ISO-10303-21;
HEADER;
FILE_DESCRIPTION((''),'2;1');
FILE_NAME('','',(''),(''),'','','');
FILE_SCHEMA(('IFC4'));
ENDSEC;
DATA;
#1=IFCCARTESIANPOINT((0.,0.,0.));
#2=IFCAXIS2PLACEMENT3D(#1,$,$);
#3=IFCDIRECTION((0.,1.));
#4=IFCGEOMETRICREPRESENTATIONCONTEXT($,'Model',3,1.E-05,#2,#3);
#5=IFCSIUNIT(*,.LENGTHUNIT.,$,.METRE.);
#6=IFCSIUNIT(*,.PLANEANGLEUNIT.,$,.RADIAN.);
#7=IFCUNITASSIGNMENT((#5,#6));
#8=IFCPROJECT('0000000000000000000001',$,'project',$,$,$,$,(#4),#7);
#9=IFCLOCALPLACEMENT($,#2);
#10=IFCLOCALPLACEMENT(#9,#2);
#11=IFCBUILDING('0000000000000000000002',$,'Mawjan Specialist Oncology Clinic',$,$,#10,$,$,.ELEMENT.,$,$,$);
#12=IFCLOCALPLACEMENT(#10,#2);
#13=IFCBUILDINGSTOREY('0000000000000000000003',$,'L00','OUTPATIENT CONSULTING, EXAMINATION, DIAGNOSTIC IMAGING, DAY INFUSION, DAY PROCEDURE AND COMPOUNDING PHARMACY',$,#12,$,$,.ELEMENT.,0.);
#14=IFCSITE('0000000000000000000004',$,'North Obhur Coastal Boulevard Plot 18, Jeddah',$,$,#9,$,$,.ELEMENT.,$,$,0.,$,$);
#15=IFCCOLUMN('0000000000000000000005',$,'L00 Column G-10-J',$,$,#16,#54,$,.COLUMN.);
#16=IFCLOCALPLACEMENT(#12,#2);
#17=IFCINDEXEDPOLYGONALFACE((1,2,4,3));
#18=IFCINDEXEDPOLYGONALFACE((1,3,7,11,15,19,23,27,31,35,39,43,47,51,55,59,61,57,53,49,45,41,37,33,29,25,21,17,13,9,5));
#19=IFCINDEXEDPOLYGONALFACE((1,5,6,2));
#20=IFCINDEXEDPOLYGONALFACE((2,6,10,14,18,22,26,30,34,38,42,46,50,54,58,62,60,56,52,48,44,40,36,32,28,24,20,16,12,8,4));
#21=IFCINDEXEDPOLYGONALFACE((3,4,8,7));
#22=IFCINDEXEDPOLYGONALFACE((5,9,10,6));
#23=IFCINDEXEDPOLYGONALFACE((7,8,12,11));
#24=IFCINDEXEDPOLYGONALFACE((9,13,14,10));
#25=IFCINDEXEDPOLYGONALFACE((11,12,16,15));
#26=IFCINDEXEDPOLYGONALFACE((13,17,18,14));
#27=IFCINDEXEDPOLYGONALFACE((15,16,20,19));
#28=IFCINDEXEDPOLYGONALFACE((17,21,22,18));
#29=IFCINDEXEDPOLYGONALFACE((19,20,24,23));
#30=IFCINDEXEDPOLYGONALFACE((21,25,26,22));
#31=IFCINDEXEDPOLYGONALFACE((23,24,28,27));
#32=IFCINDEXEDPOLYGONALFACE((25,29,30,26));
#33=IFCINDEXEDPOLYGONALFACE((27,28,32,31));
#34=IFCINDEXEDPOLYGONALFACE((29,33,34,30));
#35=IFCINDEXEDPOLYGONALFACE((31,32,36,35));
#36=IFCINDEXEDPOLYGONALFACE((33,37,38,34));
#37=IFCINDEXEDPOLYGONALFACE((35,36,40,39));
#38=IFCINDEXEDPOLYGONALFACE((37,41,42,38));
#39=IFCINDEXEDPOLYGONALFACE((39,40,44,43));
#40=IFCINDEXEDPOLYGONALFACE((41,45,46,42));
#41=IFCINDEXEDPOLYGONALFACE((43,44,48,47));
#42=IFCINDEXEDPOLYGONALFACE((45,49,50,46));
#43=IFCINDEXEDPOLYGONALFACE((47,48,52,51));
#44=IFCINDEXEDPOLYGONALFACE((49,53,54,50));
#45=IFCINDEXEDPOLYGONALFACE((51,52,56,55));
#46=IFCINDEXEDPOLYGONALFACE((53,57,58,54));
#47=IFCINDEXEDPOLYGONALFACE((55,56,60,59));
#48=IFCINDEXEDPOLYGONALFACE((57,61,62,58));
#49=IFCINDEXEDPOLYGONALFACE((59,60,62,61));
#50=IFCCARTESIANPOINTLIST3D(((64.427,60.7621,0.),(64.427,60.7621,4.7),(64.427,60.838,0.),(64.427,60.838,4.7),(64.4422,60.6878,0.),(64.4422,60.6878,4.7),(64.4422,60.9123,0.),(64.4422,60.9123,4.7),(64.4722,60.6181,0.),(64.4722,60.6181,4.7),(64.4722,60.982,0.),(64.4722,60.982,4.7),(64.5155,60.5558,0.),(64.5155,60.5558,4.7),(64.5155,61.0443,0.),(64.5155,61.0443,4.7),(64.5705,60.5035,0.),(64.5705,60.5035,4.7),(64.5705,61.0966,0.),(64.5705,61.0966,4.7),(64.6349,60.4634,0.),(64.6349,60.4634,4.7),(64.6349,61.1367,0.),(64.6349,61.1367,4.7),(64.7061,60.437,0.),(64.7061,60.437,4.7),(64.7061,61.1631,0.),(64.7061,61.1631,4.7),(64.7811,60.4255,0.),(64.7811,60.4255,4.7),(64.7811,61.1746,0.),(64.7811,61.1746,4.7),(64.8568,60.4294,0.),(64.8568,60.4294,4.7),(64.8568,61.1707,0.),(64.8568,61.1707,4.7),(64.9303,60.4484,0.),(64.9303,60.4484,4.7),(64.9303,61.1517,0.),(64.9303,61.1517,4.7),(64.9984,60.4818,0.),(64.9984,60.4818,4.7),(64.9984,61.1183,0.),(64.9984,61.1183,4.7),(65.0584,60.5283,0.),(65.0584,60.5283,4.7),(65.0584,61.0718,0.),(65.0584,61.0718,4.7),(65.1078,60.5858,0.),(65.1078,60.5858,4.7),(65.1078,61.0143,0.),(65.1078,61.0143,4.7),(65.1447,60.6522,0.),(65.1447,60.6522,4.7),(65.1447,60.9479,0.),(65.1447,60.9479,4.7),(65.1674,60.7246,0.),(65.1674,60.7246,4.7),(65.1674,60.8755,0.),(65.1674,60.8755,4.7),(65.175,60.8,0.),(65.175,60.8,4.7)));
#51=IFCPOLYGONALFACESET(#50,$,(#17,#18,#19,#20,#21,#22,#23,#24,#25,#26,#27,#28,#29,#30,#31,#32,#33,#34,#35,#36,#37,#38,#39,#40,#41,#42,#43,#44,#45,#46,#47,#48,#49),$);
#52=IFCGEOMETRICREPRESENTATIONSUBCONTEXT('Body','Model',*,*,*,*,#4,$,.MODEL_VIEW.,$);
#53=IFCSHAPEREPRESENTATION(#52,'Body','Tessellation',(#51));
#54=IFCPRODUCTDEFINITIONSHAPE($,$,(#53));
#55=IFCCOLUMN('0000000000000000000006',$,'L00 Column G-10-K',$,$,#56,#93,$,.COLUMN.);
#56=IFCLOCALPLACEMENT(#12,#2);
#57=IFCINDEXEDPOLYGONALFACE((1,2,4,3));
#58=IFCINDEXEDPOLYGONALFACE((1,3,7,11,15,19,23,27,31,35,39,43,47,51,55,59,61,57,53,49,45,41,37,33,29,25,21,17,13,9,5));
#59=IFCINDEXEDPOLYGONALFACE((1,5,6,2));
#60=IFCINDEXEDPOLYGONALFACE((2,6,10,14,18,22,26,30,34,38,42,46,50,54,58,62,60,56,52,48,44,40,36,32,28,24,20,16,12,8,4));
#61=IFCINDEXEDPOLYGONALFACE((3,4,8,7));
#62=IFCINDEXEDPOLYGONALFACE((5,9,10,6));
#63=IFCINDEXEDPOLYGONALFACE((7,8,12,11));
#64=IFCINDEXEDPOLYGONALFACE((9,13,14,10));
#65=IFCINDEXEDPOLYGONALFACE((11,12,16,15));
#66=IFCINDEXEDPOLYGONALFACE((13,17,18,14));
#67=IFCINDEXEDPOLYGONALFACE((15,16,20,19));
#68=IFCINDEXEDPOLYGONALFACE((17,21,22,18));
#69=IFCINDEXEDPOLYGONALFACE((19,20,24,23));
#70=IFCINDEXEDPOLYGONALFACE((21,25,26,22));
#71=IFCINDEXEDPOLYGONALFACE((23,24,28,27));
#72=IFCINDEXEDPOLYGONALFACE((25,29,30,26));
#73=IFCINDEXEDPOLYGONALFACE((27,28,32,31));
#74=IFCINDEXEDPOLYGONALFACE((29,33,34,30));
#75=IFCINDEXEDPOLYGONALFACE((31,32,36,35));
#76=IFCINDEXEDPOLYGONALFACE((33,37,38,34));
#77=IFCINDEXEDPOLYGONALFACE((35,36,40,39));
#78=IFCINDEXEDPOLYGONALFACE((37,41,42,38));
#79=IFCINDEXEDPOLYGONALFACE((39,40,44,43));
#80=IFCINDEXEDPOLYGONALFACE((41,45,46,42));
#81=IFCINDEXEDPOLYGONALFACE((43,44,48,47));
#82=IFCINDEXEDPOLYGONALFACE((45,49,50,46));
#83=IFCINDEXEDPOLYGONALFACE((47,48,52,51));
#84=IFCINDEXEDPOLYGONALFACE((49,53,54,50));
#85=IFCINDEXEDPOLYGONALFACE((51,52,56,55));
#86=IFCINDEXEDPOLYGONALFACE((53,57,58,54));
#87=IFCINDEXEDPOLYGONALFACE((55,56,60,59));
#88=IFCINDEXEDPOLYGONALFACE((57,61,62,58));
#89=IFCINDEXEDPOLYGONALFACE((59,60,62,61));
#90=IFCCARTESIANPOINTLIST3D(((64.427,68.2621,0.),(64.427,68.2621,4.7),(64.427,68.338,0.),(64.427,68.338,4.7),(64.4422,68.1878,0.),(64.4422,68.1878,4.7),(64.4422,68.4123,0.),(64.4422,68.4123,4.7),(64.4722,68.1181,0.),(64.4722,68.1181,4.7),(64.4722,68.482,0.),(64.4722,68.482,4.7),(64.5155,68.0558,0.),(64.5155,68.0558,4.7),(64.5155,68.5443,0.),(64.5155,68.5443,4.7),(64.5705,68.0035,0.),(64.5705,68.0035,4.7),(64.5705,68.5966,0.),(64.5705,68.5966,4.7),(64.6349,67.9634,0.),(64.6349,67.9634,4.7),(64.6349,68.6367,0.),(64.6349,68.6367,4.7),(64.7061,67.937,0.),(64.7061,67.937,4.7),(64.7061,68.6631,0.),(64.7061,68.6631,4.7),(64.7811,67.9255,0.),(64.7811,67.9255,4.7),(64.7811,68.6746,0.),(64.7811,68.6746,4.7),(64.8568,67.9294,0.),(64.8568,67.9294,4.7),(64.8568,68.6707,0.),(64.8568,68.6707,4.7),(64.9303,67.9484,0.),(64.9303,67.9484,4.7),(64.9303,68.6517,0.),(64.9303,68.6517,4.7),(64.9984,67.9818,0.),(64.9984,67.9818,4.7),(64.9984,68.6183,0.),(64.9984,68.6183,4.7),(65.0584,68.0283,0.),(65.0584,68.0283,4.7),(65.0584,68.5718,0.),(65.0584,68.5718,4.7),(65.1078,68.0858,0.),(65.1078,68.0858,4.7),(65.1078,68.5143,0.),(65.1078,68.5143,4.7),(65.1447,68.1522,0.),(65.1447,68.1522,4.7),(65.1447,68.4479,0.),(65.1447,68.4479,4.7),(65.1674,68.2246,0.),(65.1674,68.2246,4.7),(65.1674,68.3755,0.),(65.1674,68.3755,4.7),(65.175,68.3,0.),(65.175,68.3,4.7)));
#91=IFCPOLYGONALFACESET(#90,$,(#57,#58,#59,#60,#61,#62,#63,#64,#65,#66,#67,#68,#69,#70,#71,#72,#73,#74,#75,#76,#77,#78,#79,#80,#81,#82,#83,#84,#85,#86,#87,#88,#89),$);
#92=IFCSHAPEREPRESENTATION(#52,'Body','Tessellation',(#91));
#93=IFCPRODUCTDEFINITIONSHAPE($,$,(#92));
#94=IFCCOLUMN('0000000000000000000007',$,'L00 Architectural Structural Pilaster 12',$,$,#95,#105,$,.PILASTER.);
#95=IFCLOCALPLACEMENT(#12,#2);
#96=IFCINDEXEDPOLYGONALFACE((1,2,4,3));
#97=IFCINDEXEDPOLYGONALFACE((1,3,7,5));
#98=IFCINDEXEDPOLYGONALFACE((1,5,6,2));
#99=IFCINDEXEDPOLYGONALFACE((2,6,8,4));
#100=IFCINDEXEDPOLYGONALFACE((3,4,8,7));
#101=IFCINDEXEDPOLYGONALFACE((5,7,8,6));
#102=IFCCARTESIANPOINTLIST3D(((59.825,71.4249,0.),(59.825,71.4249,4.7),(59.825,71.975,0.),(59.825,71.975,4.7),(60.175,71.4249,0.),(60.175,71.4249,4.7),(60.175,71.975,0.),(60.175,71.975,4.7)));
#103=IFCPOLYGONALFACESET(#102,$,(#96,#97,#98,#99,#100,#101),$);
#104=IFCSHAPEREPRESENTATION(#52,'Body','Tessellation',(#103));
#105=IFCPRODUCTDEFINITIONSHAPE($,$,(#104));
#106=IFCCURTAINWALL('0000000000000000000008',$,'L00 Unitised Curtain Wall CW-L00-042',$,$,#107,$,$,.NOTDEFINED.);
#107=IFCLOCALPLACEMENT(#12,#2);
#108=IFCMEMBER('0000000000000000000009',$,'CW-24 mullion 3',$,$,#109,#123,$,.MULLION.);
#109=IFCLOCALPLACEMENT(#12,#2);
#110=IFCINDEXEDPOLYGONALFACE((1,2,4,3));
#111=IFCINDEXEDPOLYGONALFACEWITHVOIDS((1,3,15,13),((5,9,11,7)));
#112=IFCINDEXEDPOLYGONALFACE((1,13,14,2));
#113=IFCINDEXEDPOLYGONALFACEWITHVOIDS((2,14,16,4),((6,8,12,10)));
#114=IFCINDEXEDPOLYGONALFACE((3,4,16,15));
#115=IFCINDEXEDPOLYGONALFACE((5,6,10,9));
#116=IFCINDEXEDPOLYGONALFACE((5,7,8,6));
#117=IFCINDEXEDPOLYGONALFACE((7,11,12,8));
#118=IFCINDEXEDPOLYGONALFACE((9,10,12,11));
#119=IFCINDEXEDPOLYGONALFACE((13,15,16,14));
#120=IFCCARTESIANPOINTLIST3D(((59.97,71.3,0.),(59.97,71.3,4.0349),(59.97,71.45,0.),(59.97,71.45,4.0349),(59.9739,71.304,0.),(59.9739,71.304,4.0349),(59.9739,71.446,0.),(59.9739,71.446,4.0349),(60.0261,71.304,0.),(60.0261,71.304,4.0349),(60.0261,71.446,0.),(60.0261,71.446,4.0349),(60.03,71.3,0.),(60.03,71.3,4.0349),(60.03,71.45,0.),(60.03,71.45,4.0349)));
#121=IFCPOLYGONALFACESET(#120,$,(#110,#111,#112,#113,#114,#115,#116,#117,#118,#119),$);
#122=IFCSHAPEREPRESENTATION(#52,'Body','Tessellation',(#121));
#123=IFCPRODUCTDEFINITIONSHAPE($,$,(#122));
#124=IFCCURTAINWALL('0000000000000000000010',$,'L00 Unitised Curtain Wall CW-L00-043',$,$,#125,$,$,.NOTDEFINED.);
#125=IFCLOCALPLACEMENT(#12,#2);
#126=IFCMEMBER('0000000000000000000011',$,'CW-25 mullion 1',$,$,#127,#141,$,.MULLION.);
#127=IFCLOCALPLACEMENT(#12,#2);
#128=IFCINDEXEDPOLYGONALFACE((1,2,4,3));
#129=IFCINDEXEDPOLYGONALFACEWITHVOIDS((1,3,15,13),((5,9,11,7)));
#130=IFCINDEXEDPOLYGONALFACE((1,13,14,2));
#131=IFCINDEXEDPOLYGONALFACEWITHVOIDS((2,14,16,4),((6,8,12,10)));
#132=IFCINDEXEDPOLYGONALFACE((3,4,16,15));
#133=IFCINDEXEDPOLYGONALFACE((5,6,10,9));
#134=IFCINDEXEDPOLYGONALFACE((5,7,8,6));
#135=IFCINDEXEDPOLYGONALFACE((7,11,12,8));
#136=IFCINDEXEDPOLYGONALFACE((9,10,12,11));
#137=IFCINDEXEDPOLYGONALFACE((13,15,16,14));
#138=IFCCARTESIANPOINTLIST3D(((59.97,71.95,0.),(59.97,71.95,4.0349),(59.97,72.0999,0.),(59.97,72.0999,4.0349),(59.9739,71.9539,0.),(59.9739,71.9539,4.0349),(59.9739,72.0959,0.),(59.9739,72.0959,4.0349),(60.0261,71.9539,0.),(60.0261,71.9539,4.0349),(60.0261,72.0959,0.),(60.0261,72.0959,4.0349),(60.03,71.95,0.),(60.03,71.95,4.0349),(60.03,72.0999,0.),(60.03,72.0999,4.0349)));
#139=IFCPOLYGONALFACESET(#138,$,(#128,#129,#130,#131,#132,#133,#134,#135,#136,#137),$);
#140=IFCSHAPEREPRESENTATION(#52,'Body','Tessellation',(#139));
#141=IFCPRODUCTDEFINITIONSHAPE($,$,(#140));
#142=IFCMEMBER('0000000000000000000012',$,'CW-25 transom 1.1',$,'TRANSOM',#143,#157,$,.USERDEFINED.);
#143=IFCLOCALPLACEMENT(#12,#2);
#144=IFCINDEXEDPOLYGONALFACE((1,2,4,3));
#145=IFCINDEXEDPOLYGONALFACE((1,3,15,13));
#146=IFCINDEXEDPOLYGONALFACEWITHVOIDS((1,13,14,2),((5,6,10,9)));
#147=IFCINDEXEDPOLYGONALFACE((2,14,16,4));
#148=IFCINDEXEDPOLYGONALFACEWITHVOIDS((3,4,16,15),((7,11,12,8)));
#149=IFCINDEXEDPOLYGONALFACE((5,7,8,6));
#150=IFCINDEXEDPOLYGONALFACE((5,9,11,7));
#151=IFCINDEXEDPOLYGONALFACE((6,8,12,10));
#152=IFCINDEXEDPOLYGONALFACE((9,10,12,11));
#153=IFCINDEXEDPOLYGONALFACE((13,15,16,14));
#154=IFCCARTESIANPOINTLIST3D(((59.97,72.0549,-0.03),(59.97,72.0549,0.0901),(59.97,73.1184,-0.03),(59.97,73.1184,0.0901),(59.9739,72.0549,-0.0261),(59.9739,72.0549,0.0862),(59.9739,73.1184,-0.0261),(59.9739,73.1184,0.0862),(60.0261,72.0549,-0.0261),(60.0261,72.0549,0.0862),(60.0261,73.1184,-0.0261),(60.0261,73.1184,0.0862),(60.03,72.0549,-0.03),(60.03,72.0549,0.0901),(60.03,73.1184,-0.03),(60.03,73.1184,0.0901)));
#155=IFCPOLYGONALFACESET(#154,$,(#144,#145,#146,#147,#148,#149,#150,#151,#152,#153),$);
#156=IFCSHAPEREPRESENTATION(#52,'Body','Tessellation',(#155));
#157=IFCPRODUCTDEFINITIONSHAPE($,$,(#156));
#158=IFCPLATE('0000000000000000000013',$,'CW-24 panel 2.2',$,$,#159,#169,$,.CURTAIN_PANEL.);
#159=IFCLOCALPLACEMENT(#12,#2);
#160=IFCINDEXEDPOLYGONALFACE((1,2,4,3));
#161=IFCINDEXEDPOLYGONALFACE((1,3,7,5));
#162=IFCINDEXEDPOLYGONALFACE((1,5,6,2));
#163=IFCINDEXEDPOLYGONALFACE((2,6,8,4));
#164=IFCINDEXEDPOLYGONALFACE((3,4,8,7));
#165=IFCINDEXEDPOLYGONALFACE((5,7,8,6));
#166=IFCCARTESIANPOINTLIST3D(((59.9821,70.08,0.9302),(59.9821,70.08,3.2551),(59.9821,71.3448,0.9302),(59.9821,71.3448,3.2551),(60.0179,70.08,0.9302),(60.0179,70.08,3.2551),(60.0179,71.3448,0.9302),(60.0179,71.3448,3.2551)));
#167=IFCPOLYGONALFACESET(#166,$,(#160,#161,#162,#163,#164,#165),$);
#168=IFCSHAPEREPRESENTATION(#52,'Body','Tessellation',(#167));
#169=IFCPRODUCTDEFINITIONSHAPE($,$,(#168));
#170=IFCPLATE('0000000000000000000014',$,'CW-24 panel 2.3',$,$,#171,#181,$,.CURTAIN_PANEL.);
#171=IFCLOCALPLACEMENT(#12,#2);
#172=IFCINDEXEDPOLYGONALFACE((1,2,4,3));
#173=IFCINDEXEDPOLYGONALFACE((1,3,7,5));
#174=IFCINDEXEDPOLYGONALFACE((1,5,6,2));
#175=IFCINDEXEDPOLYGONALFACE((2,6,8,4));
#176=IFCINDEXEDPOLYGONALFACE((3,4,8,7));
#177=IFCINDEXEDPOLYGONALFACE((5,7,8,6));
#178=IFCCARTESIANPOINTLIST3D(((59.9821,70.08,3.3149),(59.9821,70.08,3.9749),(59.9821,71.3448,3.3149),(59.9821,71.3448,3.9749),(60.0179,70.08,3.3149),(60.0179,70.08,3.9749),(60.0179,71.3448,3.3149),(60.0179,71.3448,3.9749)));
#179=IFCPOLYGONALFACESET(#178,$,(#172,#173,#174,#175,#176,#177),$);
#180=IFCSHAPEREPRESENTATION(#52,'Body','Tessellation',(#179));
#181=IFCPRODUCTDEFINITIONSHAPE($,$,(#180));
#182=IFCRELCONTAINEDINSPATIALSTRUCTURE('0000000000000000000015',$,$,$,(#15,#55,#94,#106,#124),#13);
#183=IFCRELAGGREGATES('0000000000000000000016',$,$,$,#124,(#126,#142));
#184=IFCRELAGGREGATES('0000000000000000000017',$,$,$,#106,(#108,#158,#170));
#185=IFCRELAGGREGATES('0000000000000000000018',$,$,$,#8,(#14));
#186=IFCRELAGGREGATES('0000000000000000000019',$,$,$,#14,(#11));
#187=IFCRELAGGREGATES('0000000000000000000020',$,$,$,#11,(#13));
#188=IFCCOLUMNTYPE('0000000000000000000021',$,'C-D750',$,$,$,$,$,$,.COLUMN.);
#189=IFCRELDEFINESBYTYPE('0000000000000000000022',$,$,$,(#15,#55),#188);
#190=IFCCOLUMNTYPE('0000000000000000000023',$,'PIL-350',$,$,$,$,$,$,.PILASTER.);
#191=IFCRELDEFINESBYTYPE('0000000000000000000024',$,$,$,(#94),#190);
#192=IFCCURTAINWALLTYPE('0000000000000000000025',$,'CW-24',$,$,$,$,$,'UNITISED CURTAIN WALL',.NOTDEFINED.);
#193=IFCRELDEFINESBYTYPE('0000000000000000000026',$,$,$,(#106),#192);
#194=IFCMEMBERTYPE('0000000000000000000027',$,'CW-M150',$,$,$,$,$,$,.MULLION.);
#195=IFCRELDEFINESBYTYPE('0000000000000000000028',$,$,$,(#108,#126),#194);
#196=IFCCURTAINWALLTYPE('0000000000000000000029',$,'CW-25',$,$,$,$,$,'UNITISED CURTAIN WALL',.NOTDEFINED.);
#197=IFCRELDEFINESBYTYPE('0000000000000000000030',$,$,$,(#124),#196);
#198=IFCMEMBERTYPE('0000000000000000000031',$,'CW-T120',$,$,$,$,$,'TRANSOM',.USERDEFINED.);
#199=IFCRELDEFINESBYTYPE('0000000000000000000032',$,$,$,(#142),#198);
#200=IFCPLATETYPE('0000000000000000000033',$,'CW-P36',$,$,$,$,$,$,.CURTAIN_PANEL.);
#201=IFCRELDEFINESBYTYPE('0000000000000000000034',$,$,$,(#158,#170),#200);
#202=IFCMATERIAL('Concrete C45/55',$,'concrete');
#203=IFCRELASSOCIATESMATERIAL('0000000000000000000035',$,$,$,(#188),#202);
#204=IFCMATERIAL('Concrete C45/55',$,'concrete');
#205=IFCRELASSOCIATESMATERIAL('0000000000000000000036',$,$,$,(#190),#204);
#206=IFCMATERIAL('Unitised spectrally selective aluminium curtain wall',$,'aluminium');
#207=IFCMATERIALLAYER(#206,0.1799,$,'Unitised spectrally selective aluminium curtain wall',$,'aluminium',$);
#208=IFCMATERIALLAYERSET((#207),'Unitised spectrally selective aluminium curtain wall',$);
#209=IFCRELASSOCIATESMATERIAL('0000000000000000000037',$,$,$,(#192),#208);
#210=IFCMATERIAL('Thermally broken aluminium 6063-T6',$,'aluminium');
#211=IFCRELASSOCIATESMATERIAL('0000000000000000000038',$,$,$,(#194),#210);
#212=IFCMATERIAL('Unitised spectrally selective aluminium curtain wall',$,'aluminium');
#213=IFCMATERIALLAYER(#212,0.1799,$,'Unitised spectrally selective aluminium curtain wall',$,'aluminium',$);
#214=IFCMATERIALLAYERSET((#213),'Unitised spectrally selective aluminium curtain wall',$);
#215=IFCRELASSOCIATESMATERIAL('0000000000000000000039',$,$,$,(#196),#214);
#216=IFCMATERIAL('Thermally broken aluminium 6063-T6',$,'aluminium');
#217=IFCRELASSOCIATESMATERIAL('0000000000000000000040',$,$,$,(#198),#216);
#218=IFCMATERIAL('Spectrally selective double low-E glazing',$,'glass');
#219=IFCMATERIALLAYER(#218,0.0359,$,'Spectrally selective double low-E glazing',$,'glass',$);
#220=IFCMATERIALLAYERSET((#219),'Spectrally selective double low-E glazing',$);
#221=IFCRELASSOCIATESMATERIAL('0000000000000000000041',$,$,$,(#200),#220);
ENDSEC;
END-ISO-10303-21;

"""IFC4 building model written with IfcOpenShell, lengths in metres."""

from ifc_helpers import new_model, si_unit, direction, frame, origin, origin_2d, place, context, subcontext, project, spatial, rectangle, hollow_rectangle, circle, extrude, material, layer, layer_set, material_profile, profile_set, type_object, element, aggregate, save


model = new_model("IFC4")

# Units and contexts
model_context = context("Model", 3, precision=1e-05, world=origin(), true_north=direction((0.0, 1.0)))
body_context = subcontext(model_context, "Body", "Model", "MODEL_VIEW")
ifc_project = project(units=[si_unit("LENGTHUNIT", "METRE"), si_unit("PLANEANGLEUNIT", "RADIAN")], contexts=[model_context])

# Site, building, storey
site_placement = place(None, origin())
site = spatial("IfcSite", under=ifc_project, at=site_placement, Name="North Obhur Coastal Boulevard Plot 18, Jeddah", CompositionType="ELEMENT", RefElevation=0.0)
building_placement = place(site_placement, origin())
building = spatial("IfcBuilding", under=site, at=building_placement, Name="Mawjan Specialist Oncology Clinic", CompositionType="ELEMENT")
storey_placement = place(building_placement, origin())
storey = spatial("IfcBuildingStorey", under=building, at=storey_placement, Name="L00", Description="OUTPATIENT CONSULTING, EXAMINATION, DIAGNOSTIC IMAGING, DAY INFUSION, DAY PROCEDURE AND COMPOUNDING PHARMACY", CompositionType="ELEMENT", Elevation=0.0)

# Columns
ifc_material_1 = material(Name="Concrete C45/55", Category="concrete")
ifc_material_profile_1 = material_profile(ifc_material_1, circle(Radius=0.375, at=origin_2d()), Name="RC COL D750", Category="concrete")
ifc_profile_set_1 = profile_set([ifc_material_profile_1], Name="Concrete C45/55")
column_type_1 = type_object("IfcColumnType", Name="C-D750", PredefinedType="COLUMN", material=ifc_profile_set_1)
for number, where, z_axis, x_axis, name in (
    (1, (64.8, 60.8, 0.0), (0.0, 0.0, 1.0), (1.0, 0.0, 0.0), "L00 Column G-10-J"),
    (2, (64.8, 68.3, 0.0), (0.0, 0.0, 1.0), (1.0, 0.0, 0.0), "L00 Column G-10-K"),
):
    element("IfcColumn", number, at=place(storey_placement, frame(where, z_axis=z_axis, x_axis=x_axis)), inside=storey, type_object=column_type_1, Name=name, PredefinedType="COLUMN", context=body_context, shape_type="SweptSolid", body=[
        extrude(circle(Radius=0.375, at=origin_2d()), origin(), (0.0, 0.0, 1.0), 4.7),
    ])
ifc_material_2 = material(Name="Concrete C45/55", Category="concrete")
ifc_material_profile_2 = material_profile(ifc_material_2, rectangle(XDim=0.3501, YDim=0.55, at=origin_2d()), Name="RC PIL 350x550", Category="concrete")
ifc_profile_set_2 = profile_set([ifc_material_profile_2], Name="Concrete C45/55")
column_type_2 = type_object("IfcColumnType", Name="PIL-350", PredefinedType="PILASTER", material=ifc_profile_set_2)
column_placement = place(storey_placement, frame((60.0, 71.7, 0.0), z_axis=(0.0, 0.0, 1.0), x_axis=(1.0, 0.0, 0.0)))
element("IfcColumn", 3, at=column_placement, inside=storey, type_object=column_type_2, Name="L00 Architectural Structural Pilaster 12", PredefinedType="PILASTER", context=body_context, shape_type="SweptSolid", body=[
    extrude(rectangle(XDim=0.3501, YDim=0.55, at=origin_2d()), origin(), (0.0, 0.0, 1.0), 4.7),
])

# Curtain wall, member
ifc_material_3 = material(Name="Unitised spectrally selective aluminium curtain wall", Category="aluminium")
ifc_layer_1 = layer(ifc_material_3, 0.1799, Name="Unitised spectrally selective aluminium curtain wall", Category="aluminium")
ifc_layer_set_1 = layer_set([ifc_layer_1], Name="Unitised spectrally selective aluminium curtain wall")
curtain_wall_type_1 = type_object("IfcCurtainWallType", Name="CW-24", ElementType="UNITISED CURTAIN WALL", PredefinedType="NOTDEFINED", material=ifc_layer_set_1)
curtain_wall_1_placement = place(storey_placement, origin())
curtain_wall_1 = element("IfcCurtainWall", 4, at=curtain_wall_1_placement, inside=storey, type_object=curtain_wall_type_1, Name="L00 Unitised Curtain Wall CW-L00-042", PredefinedType="NOTDEFINED")
ifc_material_4 = material(Name="Thermally broken aluminium 6063-T6", Category="aluminium")
ifc_material_profile_3 = material_profile(ifc_material_4, hollow_rectangle(XDim=0.0601, YDim=0.1499, WallThickness=0.0039, at=origin_2d()), Name="ALU MULLION 150x60x4", Category="aluminium")
ifc_profile_set_3 = profile_set([ifc_material_profile_3], Name="Thermally broken aluminium 6063-T6")
member_type_1 = type_object("IfcMemberType", Name="CW-M150", PredefinedType="MULLION", material=ifc_profile_set_3)
member_1_placement = place(storey_placement, frame((60.0, 71.375, 0.0), z_axis=(0.0, 0.0, 1.0), x_axis=(-1.0, 0.0, 0.0)))
member_1 = element("IfcMember", 5, at=member_1_placement, type_object=member_type_1, Name="CW-24 mullion 3", PredefinedType="MULLION", context=body_context, shape_type="SweptSolid", body=[
    extrude(hollow_rectangle(XDim=0.0601, YDim=0.1499, WallThickness=0.0039, at=origin_2d()), origin(), (0.0, 0.0, 1.0), 4.0349),
])

# Curtain wall, members
ifc_material_5 = material(Name="Unitised spectrally selective aluminium curtain wall", Category="aluminium")
ifc_layer_2 = layer(ifc_material_5, 0.1799, Name="Unitised spectrally selective aluminium curtain wall", Category="aluminium")
ifc_layer_set_2 = layer_set([ifc_layer_2], Name="Unitised spectrally selective aluminium curtain wall")
curtain_wall_type_2 = type_object("IfcCurtainWallType", Name="CW-25", ElementType="UNITISED CURTAIN WALL", PredefinedType="NOTDEFINED", material=ifc_layer_set_2)
curtain_wall_2_placement = place(storey_placement, origin())
curtain_wall_2 = element("IfcCurtainWall", 6, at=curtain_wall_2_placement, inside=storey, type_object=curtain_wall_type_2, Name="L00 Unitised Curtain Wall CW-L00-043", PredefinedType="NOTDEFINED")
member_2_placement = place(storey_placement, frame((60.0, 72.0249, 0.0), z_axis=(0.0, 0.0, 1.0), x_axis=(-1.0, 0.0, 0.0)))
member_2 = element("IfcMember", 7, at=member_2_placement, type_object=member_type_1, Name="CW-25 mullion 1", PredefinedType="MULLION", context=body_context, shape_type="SweptSolid", body=[
    extrude(hollow_rectangle(XDim=0.0601, YDim=0.1499, WallThickness=0.0039, at=origin_2d()), origin(), (0.0, 0.0, 1.0), 4.0349),
])
ifc_material_6 = material(Name="Thermally broken aluminium 6063-T6", Category="aluminium")
ifc_material_profile_4 = material_profile(ifc_material_6, hollow_rectangle(XDim=0.0601, YDim=0.1201, WallThickness=0.0039, at=origin_2d()), Name="ALU TRANSOM 120x60x4", Category="aluminium")
ifc_profile_set_4 = profile_set([ifc_material_profile_4], Name="Thermally broken aluminium 6063-T6")
member_type_2 = type_object("IfcMemberType", Name="CW-T120", ElementType="TRANSOM", PredefinedType="USERDEFINED", material=ifc_profile_set_4)
member_3_placement = place(storey_placement, frame((60.0, 72.0549, 0.03), z_axis=(0.0, 1.0, 0.0), x_axis=(-1.0, 0.0, 0.0)))
member_3 = element("IfcMember", 8, at=member_3_placement, type_object=member_type_2, Name="CW-25 transom 1.1", ObjectType="TRANSOM", PredefinedType="USERDEFINED", context=body_context, shape_type="SweptSolid", body=[
    extrude(hollow_rectangle(XDim=0.0601, YDim=0.1201, WallThickness=0.0039, at=origin_2d()), origin(), (0.0, 0.0, 1.0), 1.0635),
])
aggregate(curtain_wall_2, [member_2, member_3])

# Plates
ifc_material_7 = material(Name="Spectrally selective double low-E glazing", Category="glass")
ifc_layer_3 = layer(ifc_material_7, 0.0359, Name="Spectrally selective double low-E glazing", Category="glass")
ifc_layer_set_3 = layer_set([ifc_layer_3], Name="Spectrally selective double low-E glazing")
plate_type = type_object("IfcPlateType", Name="CW-P36", PredefinedType="CURTAIN_PANEL", material=ifc_layer_set_3)
plate_1_placement = place(storey_placement, frame((60.0, 70.7124, 0.9302), z_axis=(0.0, 0.0, 1.0), x_axis=(0.0, 1.0, 0.0)))
plate_1 = element("IfcPlate", 9, at=plate_1_placement, type_object=plate_type, Name="CW-24 panel 2.2", PredefinedType="CURTAIN_PANEL", context=body_context, shape_type="SweptSolid", body=[
    extrude(rectangle(XDim=1.2649, YDim=0.0359, at=origin_2d()), origin(), (0.0, 0.0, 1.0), 2.325),
])
plate_2_placement = place(storey_placement, frame((60.0, 70.7124, 3.3149), z_axis=(0.0, 0.0, 1.0), x_axis=(0.0, 1.0, 0.0)))
plate_2 = element("IfcPlate", 10, at=plate_2_placement, type_object=plate_type, Name="CW-24 panel 2.3", PredefinedType="CURTAIN_PANEL", context=body_context, shape_type="SweptSolid", body=[
    extrude(rectangle(XDim=1.2649, YDim=0.0359, at=origin_2d()), origin(), (0.0, 0.0, 1.0), 0.6599),
])
aggregate(curtain_wall_1, [member_1, plate_1, plate_2])

save(model, "model.ifc")
